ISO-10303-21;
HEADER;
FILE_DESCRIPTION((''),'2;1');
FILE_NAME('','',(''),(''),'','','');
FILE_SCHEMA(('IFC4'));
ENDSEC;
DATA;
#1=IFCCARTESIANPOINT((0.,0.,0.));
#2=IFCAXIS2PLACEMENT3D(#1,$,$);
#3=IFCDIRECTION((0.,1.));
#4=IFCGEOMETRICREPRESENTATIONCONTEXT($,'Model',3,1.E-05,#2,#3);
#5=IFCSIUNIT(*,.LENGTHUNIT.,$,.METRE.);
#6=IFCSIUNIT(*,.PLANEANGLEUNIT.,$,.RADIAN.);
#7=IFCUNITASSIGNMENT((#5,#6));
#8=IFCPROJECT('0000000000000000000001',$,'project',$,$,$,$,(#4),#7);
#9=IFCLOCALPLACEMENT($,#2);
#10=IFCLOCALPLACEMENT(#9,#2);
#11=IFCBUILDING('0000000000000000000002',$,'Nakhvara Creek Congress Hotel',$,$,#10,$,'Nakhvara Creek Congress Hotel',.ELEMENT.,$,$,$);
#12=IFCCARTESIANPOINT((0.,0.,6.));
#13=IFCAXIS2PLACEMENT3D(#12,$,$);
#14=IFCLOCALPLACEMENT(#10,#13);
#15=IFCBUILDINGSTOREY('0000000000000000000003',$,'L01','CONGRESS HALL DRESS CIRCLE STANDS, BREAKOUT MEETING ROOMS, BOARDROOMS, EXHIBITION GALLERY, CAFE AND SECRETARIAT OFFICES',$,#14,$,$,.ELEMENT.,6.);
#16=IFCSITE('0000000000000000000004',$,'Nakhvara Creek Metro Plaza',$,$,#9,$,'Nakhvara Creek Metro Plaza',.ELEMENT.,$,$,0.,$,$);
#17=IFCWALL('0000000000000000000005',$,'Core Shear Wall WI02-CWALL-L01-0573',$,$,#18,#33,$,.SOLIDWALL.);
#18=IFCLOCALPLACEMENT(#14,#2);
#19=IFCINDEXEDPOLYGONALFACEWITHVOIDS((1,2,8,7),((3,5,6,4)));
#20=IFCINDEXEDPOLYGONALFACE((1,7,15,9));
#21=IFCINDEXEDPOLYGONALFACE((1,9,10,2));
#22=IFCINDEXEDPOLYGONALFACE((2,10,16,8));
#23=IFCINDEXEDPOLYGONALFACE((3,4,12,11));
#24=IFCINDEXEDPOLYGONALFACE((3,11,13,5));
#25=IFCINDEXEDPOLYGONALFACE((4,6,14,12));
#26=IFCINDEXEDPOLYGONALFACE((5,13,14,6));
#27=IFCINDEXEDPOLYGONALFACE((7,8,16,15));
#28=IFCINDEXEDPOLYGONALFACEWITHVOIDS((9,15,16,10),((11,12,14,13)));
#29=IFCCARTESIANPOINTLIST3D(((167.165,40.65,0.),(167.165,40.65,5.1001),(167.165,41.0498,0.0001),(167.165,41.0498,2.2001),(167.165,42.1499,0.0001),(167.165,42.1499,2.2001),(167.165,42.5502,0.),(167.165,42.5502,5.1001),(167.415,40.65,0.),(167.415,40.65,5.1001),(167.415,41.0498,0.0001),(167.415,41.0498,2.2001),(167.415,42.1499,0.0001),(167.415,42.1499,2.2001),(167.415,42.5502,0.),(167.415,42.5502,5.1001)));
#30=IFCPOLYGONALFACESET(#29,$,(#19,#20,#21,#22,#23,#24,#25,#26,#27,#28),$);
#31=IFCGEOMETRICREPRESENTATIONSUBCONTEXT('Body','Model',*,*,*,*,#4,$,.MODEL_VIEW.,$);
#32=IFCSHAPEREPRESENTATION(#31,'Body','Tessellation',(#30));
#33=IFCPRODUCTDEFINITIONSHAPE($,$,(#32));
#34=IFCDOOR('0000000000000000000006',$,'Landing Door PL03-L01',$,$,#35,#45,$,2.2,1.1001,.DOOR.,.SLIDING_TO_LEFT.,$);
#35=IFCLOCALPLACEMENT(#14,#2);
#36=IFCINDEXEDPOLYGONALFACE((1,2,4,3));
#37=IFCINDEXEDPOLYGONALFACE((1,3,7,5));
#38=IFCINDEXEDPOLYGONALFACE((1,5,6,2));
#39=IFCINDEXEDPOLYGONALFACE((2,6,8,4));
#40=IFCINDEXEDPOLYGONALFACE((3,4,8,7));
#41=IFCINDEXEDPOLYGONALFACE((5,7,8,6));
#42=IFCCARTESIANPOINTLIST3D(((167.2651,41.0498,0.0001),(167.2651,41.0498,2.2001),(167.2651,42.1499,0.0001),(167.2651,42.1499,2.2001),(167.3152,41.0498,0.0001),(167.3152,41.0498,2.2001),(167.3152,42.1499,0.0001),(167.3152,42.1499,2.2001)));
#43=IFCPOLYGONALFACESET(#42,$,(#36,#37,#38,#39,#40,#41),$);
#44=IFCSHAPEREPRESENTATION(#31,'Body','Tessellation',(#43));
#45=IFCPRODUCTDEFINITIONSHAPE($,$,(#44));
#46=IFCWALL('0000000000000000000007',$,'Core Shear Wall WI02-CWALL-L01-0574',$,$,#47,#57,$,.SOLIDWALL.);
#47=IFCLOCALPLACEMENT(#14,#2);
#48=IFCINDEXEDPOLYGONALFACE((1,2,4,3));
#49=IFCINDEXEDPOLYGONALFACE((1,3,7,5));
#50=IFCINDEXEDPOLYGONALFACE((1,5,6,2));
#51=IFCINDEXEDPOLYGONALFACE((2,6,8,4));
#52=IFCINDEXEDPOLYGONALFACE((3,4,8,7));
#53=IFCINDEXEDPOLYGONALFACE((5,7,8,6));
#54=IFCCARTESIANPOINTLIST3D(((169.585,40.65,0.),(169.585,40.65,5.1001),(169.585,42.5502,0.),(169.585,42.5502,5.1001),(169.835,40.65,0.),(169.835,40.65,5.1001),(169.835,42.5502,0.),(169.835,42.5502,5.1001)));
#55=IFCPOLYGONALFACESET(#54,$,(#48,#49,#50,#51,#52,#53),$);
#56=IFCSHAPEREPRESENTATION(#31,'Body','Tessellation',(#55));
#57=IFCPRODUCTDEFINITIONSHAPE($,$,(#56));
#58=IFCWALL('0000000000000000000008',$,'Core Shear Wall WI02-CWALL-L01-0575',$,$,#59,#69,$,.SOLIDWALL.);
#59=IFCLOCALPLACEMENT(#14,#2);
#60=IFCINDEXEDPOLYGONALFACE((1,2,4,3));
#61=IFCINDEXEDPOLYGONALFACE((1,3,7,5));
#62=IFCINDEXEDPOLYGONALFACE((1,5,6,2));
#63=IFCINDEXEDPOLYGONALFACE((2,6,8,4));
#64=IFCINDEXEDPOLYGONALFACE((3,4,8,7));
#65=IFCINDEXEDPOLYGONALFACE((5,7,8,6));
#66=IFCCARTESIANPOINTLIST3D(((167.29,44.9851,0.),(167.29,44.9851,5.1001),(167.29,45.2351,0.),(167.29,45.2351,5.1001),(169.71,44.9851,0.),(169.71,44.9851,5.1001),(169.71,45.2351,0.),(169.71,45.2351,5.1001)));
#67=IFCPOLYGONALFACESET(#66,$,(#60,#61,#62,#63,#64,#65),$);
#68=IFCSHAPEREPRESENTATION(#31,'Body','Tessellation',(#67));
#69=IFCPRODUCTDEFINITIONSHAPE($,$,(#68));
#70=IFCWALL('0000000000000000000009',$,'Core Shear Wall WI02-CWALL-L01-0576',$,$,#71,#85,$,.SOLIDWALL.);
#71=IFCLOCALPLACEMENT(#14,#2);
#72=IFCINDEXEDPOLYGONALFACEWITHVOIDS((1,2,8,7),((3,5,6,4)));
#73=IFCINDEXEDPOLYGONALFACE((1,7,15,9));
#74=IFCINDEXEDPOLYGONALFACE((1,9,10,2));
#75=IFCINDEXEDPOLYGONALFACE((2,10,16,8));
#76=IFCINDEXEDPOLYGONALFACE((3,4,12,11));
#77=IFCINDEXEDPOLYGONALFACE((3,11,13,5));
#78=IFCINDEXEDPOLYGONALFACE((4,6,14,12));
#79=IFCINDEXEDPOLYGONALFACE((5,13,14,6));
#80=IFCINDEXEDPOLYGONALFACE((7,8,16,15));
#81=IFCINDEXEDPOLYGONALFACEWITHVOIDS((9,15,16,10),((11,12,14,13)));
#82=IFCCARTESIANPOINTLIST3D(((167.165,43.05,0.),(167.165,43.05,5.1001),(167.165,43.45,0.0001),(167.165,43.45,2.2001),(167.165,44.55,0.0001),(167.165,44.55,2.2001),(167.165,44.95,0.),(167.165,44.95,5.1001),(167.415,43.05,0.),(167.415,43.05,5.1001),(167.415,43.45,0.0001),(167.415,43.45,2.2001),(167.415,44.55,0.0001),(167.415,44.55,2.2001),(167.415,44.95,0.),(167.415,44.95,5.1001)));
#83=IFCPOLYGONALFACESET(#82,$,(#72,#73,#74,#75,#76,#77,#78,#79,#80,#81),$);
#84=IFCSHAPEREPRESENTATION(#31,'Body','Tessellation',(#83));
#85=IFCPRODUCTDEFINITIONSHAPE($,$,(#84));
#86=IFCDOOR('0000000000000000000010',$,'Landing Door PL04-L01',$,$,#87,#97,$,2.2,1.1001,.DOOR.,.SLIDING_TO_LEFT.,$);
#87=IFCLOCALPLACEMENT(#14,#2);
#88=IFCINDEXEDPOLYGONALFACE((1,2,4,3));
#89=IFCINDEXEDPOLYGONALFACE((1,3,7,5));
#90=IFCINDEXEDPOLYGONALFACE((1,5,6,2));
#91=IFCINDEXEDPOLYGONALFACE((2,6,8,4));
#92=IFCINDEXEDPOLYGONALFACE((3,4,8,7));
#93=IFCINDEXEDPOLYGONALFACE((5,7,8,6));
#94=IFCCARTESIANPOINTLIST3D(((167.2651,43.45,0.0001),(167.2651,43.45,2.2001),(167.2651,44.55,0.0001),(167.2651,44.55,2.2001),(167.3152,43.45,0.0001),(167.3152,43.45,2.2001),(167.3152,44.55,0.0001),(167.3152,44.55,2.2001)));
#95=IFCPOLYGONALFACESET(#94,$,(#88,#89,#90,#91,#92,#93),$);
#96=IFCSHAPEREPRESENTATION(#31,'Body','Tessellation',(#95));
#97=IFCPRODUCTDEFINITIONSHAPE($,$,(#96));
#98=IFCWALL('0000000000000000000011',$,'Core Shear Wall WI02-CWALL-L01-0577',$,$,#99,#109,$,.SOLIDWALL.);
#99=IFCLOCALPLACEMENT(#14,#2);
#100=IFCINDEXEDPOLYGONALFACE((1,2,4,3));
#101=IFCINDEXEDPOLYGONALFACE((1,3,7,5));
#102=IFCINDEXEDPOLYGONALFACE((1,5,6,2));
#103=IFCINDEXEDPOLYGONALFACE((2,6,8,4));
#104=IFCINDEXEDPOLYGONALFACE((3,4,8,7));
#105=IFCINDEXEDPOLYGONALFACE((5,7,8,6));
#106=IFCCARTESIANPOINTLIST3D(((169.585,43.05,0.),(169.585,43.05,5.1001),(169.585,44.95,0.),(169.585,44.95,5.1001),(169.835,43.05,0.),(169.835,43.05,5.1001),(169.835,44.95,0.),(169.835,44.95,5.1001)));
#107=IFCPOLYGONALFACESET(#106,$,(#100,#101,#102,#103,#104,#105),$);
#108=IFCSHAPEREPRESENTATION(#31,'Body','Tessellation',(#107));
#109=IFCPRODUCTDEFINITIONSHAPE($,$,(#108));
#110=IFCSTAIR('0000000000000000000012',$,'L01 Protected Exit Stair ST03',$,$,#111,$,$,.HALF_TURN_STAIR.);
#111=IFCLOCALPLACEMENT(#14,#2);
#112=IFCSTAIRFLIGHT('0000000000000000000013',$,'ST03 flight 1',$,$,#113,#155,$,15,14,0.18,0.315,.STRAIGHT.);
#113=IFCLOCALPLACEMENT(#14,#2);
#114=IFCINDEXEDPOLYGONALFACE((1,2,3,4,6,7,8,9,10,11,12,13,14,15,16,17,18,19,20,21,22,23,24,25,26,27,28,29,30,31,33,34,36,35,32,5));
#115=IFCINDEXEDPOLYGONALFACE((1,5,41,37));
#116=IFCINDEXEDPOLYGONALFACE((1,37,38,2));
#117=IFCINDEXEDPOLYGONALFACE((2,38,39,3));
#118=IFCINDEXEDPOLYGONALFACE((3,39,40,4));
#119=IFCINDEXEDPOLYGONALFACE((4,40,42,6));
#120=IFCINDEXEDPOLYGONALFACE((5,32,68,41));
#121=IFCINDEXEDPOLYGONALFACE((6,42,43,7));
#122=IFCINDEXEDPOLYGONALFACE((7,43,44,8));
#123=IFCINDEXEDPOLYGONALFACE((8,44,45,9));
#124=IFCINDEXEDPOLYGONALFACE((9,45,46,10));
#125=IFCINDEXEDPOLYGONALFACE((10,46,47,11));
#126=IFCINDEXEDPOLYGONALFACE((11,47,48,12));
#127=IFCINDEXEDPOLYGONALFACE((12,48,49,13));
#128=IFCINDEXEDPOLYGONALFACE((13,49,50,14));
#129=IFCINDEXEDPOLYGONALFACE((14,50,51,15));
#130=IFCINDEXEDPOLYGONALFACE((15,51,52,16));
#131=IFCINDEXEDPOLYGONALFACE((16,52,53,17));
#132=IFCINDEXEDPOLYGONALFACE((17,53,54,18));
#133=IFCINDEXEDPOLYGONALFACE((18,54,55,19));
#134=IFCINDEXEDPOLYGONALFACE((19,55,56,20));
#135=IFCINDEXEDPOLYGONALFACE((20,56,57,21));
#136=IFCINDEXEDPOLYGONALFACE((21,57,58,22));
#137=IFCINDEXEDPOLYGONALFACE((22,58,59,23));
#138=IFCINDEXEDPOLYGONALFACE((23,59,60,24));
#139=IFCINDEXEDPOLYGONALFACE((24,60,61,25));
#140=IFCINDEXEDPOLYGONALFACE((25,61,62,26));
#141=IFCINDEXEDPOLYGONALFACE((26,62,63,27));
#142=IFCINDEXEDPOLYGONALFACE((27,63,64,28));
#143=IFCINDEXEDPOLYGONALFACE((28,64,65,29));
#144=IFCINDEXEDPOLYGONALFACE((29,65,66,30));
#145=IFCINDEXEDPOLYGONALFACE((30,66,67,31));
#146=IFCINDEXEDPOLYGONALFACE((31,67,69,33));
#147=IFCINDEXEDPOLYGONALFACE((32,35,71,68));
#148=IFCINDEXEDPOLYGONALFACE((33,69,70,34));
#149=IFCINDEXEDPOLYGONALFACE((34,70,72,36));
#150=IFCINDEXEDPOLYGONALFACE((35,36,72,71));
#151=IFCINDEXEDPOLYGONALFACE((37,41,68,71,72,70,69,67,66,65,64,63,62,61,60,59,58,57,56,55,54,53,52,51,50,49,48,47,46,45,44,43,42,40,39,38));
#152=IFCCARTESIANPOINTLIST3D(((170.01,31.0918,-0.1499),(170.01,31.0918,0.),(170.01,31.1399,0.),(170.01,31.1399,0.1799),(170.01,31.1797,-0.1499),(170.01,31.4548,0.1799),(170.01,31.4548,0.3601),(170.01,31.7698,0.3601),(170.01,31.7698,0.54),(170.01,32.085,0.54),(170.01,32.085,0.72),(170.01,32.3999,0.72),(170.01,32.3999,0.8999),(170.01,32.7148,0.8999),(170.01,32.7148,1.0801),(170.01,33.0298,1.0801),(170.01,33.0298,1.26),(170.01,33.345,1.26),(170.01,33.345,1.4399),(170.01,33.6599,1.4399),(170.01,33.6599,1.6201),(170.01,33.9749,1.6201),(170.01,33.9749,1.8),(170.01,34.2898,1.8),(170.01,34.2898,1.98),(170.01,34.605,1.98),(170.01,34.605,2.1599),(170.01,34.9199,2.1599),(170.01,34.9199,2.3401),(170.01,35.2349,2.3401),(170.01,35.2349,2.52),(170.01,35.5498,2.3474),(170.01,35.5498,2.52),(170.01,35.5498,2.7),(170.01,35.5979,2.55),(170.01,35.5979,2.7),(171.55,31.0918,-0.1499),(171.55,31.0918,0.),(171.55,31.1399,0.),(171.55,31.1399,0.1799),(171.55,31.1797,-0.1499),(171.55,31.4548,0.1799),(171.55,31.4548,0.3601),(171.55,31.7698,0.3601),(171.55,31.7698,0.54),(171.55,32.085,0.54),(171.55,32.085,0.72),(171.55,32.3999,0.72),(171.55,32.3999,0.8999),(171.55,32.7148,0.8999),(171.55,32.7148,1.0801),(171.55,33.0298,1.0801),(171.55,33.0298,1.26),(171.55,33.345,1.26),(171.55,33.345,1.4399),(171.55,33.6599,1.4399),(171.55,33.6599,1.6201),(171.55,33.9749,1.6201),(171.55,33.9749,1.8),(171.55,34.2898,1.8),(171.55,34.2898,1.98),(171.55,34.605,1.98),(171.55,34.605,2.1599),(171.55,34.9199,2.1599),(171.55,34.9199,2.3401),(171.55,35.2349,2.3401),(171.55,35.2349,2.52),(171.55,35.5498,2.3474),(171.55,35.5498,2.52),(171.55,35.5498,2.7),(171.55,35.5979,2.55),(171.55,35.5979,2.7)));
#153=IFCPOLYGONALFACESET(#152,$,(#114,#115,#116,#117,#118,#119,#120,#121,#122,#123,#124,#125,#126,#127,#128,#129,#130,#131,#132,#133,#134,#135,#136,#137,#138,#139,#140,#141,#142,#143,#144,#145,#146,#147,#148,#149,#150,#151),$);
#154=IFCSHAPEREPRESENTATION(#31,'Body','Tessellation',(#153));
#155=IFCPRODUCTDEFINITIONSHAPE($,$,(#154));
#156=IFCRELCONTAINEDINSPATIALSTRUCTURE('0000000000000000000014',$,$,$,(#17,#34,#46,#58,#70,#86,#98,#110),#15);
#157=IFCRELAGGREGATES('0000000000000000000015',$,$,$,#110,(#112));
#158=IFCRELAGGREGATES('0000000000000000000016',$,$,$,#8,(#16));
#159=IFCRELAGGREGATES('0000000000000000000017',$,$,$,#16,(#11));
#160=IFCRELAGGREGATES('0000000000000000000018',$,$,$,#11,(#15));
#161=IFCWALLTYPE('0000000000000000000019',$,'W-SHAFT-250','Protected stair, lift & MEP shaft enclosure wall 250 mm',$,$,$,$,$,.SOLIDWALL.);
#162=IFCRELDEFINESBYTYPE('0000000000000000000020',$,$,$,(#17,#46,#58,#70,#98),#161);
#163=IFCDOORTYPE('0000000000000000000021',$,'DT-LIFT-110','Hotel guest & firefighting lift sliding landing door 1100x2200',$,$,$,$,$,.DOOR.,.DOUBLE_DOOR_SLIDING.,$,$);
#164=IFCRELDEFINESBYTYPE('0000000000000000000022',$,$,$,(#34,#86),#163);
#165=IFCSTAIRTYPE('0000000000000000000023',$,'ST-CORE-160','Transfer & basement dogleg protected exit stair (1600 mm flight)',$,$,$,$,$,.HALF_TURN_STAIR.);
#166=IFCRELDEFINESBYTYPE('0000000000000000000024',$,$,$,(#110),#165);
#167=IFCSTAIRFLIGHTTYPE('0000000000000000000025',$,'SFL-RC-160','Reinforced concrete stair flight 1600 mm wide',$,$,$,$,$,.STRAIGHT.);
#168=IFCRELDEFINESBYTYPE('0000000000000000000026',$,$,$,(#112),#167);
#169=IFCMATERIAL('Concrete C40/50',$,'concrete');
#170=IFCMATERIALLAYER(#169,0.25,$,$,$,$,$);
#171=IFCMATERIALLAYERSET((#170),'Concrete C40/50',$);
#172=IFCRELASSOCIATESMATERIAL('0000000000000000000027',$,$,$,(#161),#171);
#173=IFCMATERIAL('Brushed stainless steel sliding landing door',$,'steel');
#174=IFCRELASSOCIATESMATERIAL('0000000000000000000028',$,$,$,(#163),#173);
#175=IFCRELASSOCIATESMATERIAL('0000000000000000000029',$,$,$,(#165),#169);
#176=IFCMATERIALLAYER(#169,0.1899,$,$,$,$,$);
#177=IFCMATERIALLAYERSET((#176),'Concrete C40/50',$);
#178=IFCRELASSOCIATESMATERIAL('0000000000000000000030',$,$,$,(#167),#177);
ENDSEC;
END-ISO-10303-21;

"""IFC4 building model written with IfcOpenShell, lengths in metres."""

from ifc_helpers import new_model, si_unit, direction, frame, frame_2d, origin, place, context, subcontext, project, spatial, polyline, rectangle, outline, extrude, material, layer, layer_set, type_object, element, fill, aggregate, save


model = new_model("IFC4")

# Units and contexts
model_context = context("Model", 3, precision=1e-05, world=origin(), true_north=direction((0.0, 1.0)))
body_context = subcontext(model_context, "Body", "Model", "MODEL_VIEW")
ifc_project = project(units=[si_unit("LENGTHUNIT", "METRE"), si_unit("PLANEANGLEUNIT", "RADIAN")], contexts=[model_context])

# Site, building, storey
site_placement = place(None, origin())
site = spatial("IfcSite", under=ifc_project, at=site_placement, Name="Nakhvara Creek Metro Plaza", LongName="Nakhvara Creek Metro Plaza", CompositionType="ELEMENT", RefElevation=0.0)
building_placement = place(site_placement, origin())
building = spatial("IfcBuilding", under=site, at=building_placement, Name="Nakhvara Creek Congress Hotel", LongName="Nakhvara Creek Congress Hotel", CompositionType="ELEMENT")
storey_placement = place(building_placement, frame((0.0, 0.0, 6.0)))
storey = spatial("IfcBuildingStorey", under=building, at=storey_placement, Name="L01", Description="CONGRESS HALL DRESS CIRCLE STANDS, BREAKOUT MEETING ROOMS, BOARDROOMS, EXHIBITION GALLERY, CAFE AND SECRETARIAT OFFICES", CompositionType="ELEMENT", Elevation=6.0)

# Shared definitions
ifc_material_1 = material(Name="Concrete C40/50", Category="concrete")

# Shared definitions
ifc_layer_1 = layer(ifc_material_1, 0.25)
ifc_layer_set_1 = layer_set([ifc_layer_1], Name="Concrete C40/50")
wall_type_1 = type_object("IfcWallType", Name="W-SHAFT-250", Description="Protected stair, lift & MEP shaft enclosure wall 250 mm", PredefinedType="SOLIDWALL", material=ifc_layer_set_1)

# Wall, opening, door
wall_1_placement = place(storey_placement, frame((167.29, 40.6499, 0.0), z_axis=(0.0, 0.0, 1.0), x_axis=(0.0, 1.0, 0.0)))
wall_1 = element("IfcWall", 1, at=wall_1_placement, inside=storey, type_object=wall_type_1, Name="Core Shear Wall WI02-CWALL-L01-0573", PredefinedType="SOLIDWALL", context=body_context, shape_type="SweptSolid", body=[
    extrude(rectangle(XDim=1.9001, YDim=0.25, at=frame_2d((0.9502, 0.0))), origin(), (0.0, 0.0, 1.0), 5.1001),
])
opening_1_placement = place(wall_1_placement, frame((0.3999, 0.0, 0.0)))
opening_1 = element("IfcOpeningElement", 2, at=opening_1_placement, cuts=wall_1, PredefinedType="OPENING", context=body_context, shape_type="SweptSolid", body=[
    extrude(rectangle(XDim=1.1001, YDim=2.2, at=frame_2d((0.55, 1.1001))), frame((0.0, 0.137, 0.0), z_axis=(0.0, -1.0, 0.0), x_axis=(1.0, 0.0, 0.0)), (0.0, 0.0, 1.0), 0.2739),
])
ifc_material_2 = material(Name="Brushed stainless steel sliding landing door", Category="steel")
door_type_1 = type_object("IfcDoorType", Name="DT-LIFT-110", Description="Hotel guest & firefighting lift sliding landing door 1100x2200", OperationType="DOUBLE_DOOR_SLIDING", PredefinedType="DOOR", material=ifc_material_2)
door_1_placement = place(opening_1_placement, origin())
door_1 = element("IfcDoor", 3, at=door_1_placement, inside=storey, type_object=door_type_1, Name="Landing Door PL03-L01", OperationType="SLIDING_TO_LEFT", OverallHeight=2.2, OverallWidth=1.1001, PredefinedType="DOOR", context=body_context, shape_type="SweptSolid", body=[
    extrude(rectangle(XDim=1.1001, YDim=2.2, at=frame_2d((0.55, 1.1001))), frame((0.0, 0.0249, 0.0), z_axis=(0.0, -1.0, 0.0), x_axis=(1.0, 0.0, 0.0)), (0.0, 0.0, 1.0), 0.05),
])
fill(opening_1, door_1)

# Walls
wall_2_placement = place(storey_placement, frame((169.71, 40.6499, 0.0), z_axis=(0.0, 0.0, 1.0), x_axis=(0.0, 1.0, 0.0)))
element("IfcWall", 4, at=wall_2_placement, inside=storey, type_object=wall_type_1, Name="Core Shear Wall WI02-CWALL-L01-0574", PredefinedType="SOLIDWALL", context=body_context, shape_type="SweptSolid", body=[
    extrude(rectangle(XDim=1.9001, YDim=0.25, at=frame_2d((0.9502, 0.0))), origin(), (0.0, 0.0, 1.0), 5.1001),
])
wall_3_placement = place(storey_placement, frame((167.29, 45.1101, 0.0), z_axis=(0.0, 0.0, 1.0), x_axis=(1.0, 0.0, 0.0)))
element("IfcWall", 5, at=wall_3_placement, inside=storey, type_object=wall_type_1, Name="Core Shear Wall WI02-CWALL-L01-0575", PredefinedType="SOLIDWALL", context=body_context, shape_type="SweptSolid", body=[
    extrude(rectangle(XDim=2.4199, YDim=0.25, at=frame_2d((1.21, 0.0))), origin(), (0.0, 0.0, 1.0), 5.1001),
])

# Wall, opening, door
wall_4_placement = place(storey_placement, frame((167.29, 43.05, 0.0), z_axis=(0.0, 0.0, 1.0), x_axis=(0.0, 1.0, 0.0)))
wall_4 = element("IfcWall", 6, at=wall_4_placement, inside=storey, type_object=wall_type_1, Name="Core Shear Wall WI02-CWALL-L01-0576", PredefinedType="SOLIDWALL", context=body_context, shape_type="SweptSolid", body=[
    extrude(rectangle(XDim=1.8999, YDim=0.25, at=frame_2d((0.95, 0.0))), origin(), (0.0, 0.0, 1.0), 5.1001),
])
opening_2_placement = place(wall_4_placement, frame((0.3999, 0.0, 0.0)))
opening_2 = element("IfcOpeningElement", 7, at=opening_2_placement, cuts=wall_4, PredefinedType="OPENING", context=body_context, shape_type="SweptSolid", body=[
    extrude(rectangle(XDim=1.1001, YDim=2.2, at=frame_2d((0.55, 1.1001))), frame((0.0, 0.137, 0.0), z_axis=(0.0, -1.0, 0.0), x_axis=(1.0, 0.0, 0.0)), (0.0, 0.0, 1.0), 0.2739),
])
door_2_placement = place(opening_2_placement, origin())
door_2 = element("IfcDoor", 8, at=door_2_placement, inside=storey, type_object=door_type_1, Name="Landing Door PL04-L01", OperationType="SLIDING_TO_LEFT", OverallHeight=2.2, OverallWidth=1.1001, PredefinedType="DOOR", context=body_context, shape_type="SweptSolid", body=[
    extrude(rectangle(XDim=1.1001, YDim=2.2, at=frame_2d((0.55, 1.1001))), frame((0.0, 0.0249, 0.0), z_axis=(0.0, -1.0, 0.0), x_axis=(1.0, 0.0, 0.0)), (0.0, 0.0, 1.0), 0.05),
])
fill(opening_2, door_2)

# Wall
wall_5_placement = place(storey_placement, frame((169.71, 43.05, 0.0), z_axis=(0.0, 0.0, 1.0), x_axis=(0.0, 1.0, 0.0)))
element("IfcWall", 9, at=wall_5_placement, inside=storey, type_object=wall_type_1, Name="Core Shear Wall WI02-CWALL-L01-0577", PredefinedType="SOLIDWALL", context=body_context, shape_type="SweptSolid", body=[
    extrude(rectangle(XDim=1.8999, YDim=0.25, at=frame_2d((0.95, 0.0))), origin(), (0.0, 0.0, 1.0), 5.1001),
])

# Stair, stair flight
stair_type = type_object("IfcStairType", Name="ST-CORE-160", Description="Transfer & basement dogleg protected exit stair (1600 mm flight)", PredefinedType="HALF_TURN_STAIR", material=ifc_material_1)
stair_placement = place(storey_placement, origin())
stair = element("IfcStair", 10, at=stair_placement, inside=storey, type_object=stair_type, Name="L01 Protected Exit Stair ST03", PredefinedType="HALF_TURN_STAIR")
ifc_layer_2 = layer(ifc_material_1, 0.1899)
ifc_layer_set_2 = layer_set([ifc_layer_2], Name="Concrete C40/50")
stair_flight_type = type_object("IfcStairFlightType", Name="SFL-RC-160", Description="Reinforced concrete stair flight 1600 mm wide", PredefinedType="STRAIGHT", material=ifc_layer_set_2)
stair_flight_1_placement = place(storey_placement, frame((170.78, 31.1399, 0.0), z_axis=(0.0, 0.0, 1.0), x_axis=(0.0, 1.0, 0.0)))
stair_flight_1 = element("IfcStairFlight", 11, at=stair_flight_1_placement, type_object=stair_flight_type, Name="ST03 flight 1", NumberOfRisers=15, NumberOfTreads=14, PredefinedType="STRAIGHT", RiserHeight=0.18, TreadLength=0.315, context=body_context, shape_type="SweptSolid", body=[
    extrude(outline(polyline([(-0.0481, 0.0), (0.0, 0.0), (0.0, 0.1799), (0.3149, 0.1799), (0.3149, 0.3601), (0.6299, 0.3601), (0.6299, 0.54), (0.9451, 0.54), (0.9451, 0.72), (1.26, 0.72), (1.26, 0.8999), (1.575, 0.8999), (1.575, 1.0801), (1.8899, 1.0801), (1.8899, 1.26), (2.2051, 1.26), (2.2051, 1.4399), (2.52, 1.4399), (2.52, 1.6201), (2.835, 1.6201), (2.835, 1.8), (3.1499, 1.8), (3.1499, 1.98), (3.4651, 1.98), (3.4651, 2.1599), (3.78, 2.1599), (3.78, 2.3401), (4.095, 2.3401), (4.095, 2.52), (4.4099, 2.52), (4.4099, 2.7), (4.458, 2.7), (4.458, 2.55), (4.4099, 2.3474), (0.0398, -0.1499), (-0.0481, -0.1499), (-0.0481, 0.0)])), frame((0.0, 0.77, 0.0), z_axis=(0.0, -1.0, 0.0), x_axis=(1.0, 0.0, 0.0)), (0.0, 0.0, 1.0), 1.54),
])
aggregate(stair, [stair_flight_1])

save(model, "model.ifc")
